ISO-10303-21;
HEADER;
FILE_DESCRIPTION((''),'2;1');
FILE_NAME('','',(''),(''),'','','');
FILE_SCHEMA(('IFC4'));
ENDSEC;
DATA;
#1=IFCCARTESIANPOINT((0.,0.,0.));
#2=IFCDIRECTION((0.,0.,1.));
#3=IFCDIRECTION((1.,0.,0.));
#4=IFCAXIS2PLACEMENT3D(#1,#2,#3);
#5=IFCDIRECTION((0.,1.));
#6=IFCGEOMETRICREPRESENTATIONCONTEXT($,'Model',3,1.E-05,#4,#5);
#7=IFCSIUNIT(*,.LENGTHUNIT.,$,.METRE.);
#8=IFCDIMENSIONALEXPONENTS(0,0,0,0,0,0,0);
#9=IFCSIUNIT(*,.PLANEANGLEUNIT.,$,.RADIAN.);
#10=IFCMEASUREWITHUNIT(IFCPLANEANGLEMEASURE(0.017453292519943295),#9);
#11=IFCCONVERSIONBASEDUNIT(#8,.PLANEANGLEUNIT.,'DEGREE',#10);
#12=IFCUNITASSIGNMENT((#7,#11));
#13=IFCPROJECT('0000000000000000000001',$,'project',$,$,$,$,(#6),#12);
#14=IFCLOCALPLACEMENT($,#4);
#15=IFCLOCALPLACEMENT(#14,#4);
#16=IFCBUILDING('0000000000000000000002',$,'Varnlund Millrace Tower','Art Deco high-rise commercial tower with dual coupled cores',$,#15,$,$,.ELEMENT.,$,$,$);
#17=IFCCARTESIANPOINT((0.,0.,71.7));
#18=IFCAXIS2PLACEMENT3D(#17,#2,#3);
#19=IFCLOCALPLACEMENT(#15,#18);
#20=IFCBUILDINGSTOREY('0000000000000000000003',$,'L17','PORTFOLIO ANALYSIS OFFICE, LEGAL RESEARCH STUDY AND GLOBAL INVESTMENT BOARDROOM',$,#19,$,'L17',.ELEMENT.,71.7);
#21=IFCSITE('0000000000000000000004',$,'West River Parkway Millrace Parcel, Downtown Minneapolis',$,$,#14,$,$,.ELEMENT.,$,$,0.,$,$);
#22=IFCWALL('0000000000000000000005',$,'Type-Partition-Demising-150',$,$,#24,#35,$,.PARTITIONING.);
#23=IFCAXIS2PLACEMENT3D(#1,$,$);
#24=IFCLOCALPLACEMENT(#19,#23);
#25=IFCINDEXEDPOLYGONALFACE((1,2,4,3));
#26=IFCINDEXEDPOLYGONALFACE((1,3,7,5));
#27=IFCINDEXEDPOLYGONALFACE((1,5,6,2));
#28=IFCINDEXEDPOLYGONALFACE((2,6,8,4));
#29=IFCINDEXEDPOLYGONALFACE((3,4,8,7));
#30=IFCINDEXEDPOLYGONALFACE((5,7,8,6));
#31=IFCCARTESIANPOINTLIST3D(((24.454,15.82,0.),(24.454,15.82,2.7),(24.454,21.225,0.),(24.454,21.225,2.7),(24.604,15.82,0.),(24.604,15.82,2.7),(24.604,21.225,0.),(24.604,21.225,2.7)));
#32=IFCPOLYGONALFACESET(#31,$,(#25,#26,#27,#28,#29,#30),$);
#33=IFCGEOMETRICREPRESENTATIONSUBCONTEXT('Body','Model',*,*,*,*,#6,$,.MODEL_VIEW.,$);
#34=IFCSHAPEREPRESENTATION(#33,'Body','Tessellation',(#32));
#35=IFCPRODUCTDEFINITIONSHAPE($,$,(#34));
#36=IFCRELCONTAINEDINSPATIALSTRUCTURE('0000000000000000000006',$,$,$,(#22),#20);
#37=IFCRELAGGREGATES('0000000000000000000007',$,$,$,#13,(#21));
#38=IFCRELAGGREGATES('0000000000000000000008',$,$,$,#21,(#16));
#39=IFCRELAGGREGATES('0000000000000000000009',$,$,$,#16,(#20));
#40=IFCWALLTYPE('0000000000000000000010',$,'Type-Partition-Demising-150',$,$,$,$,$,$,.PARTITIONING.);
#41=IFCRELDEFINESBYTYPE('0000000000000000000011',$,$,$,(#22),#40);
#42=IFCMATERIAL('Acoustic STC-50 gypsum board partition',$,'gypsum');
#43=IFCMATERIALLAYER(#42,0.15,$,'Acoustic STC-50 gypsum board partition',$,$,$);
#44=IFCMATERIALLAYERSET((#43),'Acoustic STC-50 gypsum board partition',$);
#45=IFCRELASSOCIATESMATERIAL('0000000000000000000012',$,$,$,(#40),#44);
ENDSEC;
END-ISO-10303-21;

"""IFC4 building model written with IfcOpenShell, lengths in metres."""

from ifc_helpers import new_model, entity, si_unit, converted_unit, direction, frame, origin_with_axes, place, context, subcontext, project, spatial, polyline, outline, extrude, material, layer, layer_set, type_object, element, save


model = new_model("IFC4")

# Units and contexts
model_context = context("Model", 3, precision=1e-05, world=origin_with_axes(), true_north=direction((0.0, 1.0)))
body_context = subcontext(model_context, "Body", "Model", "MODEL_VIEW")
ifc_project = project(units=[si_unit("LENGTHUNIT", "METRE"), converted_unit("PLANEANGLEUNIT", "DEGREE", entity("IfcPlaneAngleMeasure", 0.017453292519943295), si_unit("PLANEANGLEUNIT", "RADIAN"), dimensions=[0, 0, 0, 0, 0, 0, 0])], contexts=[model_context])

# Site, building, storey
site_placement = place(None, origin_with_axes())
site = spatial("IfcSite", under=ifc_project, at=site_placement, Name="West River Parkway Millrace Parcel, Downtown Minneapolis", CompositionType="ELEMENT", RefElevation=0.0)
building_placement = place(site_placement, origin_with_axes())
building = spatial("IfcBuilding", under=site, at=building_placement, Name="Varnlund Millrace Tower", Description="Art Deco high-rise commercial tower with dual coupled cores", CompositionType="ELEMENT")
storey_placement = place(building_placement, frame((0.0, 0.0, 71.7), z_axis=(0.0, 0.0, 1.0), x_axis=(1.0, 0.0, 0.0)))
storey = spatial("IfcBuildingStorey", under=building, at=storey_placement, Name="L17", Description="PORTFOLIO ANALYSIS OFFICE, LEGAL RESEARCH STUDY AND GLOBAL INVESTMENT BOARDROOM", LongName="L17", CompositionType="ELEMENT", Elevation=71.7)

# Wall
ifc_material_1 = material(Name="Acoustic STC-50 gypsum board partition", Category="gypsum")
ifc_layer_1 = layer(ifc_material_1, 0.15, Name="Acoustic STC-50 gypsum board partition")
ifc_layer_set_1 = layer_set([ifc_layer_1], Name="Acoustic STC-50 gypsum board partition")
wall_type_1 = type_object("IfcWallType", Name="Type-Partition-Demising-150", PredefinedType="PARTITIONING", material=ifc_layer_set_1)
wall_1_placement = place(storey_placement, frame((24.529, 15.82, 0.0), z_axis=(0.0, 0.0, 1.0), x_axis=(0.0, 1.0, 0.0)))
element("IfcWall", 1, at=wall_1_placement, inside=storey, type_object=wall_type_1, Name="Type-Partition-Demising-150", PredefinedType="PARTITIONING", context=body_context, shape_type="SweptSolid", body=[
    extrude(outline(polyline([(0.0, -0.075), (5.405, -0.075), (5.405, 0.075), (0.0, 0.075), (0.0, -0.075)])), origin_with_axes(), (0.0, 0.0, 1.0), 2.7),
])

save(model, "model.ifc")
